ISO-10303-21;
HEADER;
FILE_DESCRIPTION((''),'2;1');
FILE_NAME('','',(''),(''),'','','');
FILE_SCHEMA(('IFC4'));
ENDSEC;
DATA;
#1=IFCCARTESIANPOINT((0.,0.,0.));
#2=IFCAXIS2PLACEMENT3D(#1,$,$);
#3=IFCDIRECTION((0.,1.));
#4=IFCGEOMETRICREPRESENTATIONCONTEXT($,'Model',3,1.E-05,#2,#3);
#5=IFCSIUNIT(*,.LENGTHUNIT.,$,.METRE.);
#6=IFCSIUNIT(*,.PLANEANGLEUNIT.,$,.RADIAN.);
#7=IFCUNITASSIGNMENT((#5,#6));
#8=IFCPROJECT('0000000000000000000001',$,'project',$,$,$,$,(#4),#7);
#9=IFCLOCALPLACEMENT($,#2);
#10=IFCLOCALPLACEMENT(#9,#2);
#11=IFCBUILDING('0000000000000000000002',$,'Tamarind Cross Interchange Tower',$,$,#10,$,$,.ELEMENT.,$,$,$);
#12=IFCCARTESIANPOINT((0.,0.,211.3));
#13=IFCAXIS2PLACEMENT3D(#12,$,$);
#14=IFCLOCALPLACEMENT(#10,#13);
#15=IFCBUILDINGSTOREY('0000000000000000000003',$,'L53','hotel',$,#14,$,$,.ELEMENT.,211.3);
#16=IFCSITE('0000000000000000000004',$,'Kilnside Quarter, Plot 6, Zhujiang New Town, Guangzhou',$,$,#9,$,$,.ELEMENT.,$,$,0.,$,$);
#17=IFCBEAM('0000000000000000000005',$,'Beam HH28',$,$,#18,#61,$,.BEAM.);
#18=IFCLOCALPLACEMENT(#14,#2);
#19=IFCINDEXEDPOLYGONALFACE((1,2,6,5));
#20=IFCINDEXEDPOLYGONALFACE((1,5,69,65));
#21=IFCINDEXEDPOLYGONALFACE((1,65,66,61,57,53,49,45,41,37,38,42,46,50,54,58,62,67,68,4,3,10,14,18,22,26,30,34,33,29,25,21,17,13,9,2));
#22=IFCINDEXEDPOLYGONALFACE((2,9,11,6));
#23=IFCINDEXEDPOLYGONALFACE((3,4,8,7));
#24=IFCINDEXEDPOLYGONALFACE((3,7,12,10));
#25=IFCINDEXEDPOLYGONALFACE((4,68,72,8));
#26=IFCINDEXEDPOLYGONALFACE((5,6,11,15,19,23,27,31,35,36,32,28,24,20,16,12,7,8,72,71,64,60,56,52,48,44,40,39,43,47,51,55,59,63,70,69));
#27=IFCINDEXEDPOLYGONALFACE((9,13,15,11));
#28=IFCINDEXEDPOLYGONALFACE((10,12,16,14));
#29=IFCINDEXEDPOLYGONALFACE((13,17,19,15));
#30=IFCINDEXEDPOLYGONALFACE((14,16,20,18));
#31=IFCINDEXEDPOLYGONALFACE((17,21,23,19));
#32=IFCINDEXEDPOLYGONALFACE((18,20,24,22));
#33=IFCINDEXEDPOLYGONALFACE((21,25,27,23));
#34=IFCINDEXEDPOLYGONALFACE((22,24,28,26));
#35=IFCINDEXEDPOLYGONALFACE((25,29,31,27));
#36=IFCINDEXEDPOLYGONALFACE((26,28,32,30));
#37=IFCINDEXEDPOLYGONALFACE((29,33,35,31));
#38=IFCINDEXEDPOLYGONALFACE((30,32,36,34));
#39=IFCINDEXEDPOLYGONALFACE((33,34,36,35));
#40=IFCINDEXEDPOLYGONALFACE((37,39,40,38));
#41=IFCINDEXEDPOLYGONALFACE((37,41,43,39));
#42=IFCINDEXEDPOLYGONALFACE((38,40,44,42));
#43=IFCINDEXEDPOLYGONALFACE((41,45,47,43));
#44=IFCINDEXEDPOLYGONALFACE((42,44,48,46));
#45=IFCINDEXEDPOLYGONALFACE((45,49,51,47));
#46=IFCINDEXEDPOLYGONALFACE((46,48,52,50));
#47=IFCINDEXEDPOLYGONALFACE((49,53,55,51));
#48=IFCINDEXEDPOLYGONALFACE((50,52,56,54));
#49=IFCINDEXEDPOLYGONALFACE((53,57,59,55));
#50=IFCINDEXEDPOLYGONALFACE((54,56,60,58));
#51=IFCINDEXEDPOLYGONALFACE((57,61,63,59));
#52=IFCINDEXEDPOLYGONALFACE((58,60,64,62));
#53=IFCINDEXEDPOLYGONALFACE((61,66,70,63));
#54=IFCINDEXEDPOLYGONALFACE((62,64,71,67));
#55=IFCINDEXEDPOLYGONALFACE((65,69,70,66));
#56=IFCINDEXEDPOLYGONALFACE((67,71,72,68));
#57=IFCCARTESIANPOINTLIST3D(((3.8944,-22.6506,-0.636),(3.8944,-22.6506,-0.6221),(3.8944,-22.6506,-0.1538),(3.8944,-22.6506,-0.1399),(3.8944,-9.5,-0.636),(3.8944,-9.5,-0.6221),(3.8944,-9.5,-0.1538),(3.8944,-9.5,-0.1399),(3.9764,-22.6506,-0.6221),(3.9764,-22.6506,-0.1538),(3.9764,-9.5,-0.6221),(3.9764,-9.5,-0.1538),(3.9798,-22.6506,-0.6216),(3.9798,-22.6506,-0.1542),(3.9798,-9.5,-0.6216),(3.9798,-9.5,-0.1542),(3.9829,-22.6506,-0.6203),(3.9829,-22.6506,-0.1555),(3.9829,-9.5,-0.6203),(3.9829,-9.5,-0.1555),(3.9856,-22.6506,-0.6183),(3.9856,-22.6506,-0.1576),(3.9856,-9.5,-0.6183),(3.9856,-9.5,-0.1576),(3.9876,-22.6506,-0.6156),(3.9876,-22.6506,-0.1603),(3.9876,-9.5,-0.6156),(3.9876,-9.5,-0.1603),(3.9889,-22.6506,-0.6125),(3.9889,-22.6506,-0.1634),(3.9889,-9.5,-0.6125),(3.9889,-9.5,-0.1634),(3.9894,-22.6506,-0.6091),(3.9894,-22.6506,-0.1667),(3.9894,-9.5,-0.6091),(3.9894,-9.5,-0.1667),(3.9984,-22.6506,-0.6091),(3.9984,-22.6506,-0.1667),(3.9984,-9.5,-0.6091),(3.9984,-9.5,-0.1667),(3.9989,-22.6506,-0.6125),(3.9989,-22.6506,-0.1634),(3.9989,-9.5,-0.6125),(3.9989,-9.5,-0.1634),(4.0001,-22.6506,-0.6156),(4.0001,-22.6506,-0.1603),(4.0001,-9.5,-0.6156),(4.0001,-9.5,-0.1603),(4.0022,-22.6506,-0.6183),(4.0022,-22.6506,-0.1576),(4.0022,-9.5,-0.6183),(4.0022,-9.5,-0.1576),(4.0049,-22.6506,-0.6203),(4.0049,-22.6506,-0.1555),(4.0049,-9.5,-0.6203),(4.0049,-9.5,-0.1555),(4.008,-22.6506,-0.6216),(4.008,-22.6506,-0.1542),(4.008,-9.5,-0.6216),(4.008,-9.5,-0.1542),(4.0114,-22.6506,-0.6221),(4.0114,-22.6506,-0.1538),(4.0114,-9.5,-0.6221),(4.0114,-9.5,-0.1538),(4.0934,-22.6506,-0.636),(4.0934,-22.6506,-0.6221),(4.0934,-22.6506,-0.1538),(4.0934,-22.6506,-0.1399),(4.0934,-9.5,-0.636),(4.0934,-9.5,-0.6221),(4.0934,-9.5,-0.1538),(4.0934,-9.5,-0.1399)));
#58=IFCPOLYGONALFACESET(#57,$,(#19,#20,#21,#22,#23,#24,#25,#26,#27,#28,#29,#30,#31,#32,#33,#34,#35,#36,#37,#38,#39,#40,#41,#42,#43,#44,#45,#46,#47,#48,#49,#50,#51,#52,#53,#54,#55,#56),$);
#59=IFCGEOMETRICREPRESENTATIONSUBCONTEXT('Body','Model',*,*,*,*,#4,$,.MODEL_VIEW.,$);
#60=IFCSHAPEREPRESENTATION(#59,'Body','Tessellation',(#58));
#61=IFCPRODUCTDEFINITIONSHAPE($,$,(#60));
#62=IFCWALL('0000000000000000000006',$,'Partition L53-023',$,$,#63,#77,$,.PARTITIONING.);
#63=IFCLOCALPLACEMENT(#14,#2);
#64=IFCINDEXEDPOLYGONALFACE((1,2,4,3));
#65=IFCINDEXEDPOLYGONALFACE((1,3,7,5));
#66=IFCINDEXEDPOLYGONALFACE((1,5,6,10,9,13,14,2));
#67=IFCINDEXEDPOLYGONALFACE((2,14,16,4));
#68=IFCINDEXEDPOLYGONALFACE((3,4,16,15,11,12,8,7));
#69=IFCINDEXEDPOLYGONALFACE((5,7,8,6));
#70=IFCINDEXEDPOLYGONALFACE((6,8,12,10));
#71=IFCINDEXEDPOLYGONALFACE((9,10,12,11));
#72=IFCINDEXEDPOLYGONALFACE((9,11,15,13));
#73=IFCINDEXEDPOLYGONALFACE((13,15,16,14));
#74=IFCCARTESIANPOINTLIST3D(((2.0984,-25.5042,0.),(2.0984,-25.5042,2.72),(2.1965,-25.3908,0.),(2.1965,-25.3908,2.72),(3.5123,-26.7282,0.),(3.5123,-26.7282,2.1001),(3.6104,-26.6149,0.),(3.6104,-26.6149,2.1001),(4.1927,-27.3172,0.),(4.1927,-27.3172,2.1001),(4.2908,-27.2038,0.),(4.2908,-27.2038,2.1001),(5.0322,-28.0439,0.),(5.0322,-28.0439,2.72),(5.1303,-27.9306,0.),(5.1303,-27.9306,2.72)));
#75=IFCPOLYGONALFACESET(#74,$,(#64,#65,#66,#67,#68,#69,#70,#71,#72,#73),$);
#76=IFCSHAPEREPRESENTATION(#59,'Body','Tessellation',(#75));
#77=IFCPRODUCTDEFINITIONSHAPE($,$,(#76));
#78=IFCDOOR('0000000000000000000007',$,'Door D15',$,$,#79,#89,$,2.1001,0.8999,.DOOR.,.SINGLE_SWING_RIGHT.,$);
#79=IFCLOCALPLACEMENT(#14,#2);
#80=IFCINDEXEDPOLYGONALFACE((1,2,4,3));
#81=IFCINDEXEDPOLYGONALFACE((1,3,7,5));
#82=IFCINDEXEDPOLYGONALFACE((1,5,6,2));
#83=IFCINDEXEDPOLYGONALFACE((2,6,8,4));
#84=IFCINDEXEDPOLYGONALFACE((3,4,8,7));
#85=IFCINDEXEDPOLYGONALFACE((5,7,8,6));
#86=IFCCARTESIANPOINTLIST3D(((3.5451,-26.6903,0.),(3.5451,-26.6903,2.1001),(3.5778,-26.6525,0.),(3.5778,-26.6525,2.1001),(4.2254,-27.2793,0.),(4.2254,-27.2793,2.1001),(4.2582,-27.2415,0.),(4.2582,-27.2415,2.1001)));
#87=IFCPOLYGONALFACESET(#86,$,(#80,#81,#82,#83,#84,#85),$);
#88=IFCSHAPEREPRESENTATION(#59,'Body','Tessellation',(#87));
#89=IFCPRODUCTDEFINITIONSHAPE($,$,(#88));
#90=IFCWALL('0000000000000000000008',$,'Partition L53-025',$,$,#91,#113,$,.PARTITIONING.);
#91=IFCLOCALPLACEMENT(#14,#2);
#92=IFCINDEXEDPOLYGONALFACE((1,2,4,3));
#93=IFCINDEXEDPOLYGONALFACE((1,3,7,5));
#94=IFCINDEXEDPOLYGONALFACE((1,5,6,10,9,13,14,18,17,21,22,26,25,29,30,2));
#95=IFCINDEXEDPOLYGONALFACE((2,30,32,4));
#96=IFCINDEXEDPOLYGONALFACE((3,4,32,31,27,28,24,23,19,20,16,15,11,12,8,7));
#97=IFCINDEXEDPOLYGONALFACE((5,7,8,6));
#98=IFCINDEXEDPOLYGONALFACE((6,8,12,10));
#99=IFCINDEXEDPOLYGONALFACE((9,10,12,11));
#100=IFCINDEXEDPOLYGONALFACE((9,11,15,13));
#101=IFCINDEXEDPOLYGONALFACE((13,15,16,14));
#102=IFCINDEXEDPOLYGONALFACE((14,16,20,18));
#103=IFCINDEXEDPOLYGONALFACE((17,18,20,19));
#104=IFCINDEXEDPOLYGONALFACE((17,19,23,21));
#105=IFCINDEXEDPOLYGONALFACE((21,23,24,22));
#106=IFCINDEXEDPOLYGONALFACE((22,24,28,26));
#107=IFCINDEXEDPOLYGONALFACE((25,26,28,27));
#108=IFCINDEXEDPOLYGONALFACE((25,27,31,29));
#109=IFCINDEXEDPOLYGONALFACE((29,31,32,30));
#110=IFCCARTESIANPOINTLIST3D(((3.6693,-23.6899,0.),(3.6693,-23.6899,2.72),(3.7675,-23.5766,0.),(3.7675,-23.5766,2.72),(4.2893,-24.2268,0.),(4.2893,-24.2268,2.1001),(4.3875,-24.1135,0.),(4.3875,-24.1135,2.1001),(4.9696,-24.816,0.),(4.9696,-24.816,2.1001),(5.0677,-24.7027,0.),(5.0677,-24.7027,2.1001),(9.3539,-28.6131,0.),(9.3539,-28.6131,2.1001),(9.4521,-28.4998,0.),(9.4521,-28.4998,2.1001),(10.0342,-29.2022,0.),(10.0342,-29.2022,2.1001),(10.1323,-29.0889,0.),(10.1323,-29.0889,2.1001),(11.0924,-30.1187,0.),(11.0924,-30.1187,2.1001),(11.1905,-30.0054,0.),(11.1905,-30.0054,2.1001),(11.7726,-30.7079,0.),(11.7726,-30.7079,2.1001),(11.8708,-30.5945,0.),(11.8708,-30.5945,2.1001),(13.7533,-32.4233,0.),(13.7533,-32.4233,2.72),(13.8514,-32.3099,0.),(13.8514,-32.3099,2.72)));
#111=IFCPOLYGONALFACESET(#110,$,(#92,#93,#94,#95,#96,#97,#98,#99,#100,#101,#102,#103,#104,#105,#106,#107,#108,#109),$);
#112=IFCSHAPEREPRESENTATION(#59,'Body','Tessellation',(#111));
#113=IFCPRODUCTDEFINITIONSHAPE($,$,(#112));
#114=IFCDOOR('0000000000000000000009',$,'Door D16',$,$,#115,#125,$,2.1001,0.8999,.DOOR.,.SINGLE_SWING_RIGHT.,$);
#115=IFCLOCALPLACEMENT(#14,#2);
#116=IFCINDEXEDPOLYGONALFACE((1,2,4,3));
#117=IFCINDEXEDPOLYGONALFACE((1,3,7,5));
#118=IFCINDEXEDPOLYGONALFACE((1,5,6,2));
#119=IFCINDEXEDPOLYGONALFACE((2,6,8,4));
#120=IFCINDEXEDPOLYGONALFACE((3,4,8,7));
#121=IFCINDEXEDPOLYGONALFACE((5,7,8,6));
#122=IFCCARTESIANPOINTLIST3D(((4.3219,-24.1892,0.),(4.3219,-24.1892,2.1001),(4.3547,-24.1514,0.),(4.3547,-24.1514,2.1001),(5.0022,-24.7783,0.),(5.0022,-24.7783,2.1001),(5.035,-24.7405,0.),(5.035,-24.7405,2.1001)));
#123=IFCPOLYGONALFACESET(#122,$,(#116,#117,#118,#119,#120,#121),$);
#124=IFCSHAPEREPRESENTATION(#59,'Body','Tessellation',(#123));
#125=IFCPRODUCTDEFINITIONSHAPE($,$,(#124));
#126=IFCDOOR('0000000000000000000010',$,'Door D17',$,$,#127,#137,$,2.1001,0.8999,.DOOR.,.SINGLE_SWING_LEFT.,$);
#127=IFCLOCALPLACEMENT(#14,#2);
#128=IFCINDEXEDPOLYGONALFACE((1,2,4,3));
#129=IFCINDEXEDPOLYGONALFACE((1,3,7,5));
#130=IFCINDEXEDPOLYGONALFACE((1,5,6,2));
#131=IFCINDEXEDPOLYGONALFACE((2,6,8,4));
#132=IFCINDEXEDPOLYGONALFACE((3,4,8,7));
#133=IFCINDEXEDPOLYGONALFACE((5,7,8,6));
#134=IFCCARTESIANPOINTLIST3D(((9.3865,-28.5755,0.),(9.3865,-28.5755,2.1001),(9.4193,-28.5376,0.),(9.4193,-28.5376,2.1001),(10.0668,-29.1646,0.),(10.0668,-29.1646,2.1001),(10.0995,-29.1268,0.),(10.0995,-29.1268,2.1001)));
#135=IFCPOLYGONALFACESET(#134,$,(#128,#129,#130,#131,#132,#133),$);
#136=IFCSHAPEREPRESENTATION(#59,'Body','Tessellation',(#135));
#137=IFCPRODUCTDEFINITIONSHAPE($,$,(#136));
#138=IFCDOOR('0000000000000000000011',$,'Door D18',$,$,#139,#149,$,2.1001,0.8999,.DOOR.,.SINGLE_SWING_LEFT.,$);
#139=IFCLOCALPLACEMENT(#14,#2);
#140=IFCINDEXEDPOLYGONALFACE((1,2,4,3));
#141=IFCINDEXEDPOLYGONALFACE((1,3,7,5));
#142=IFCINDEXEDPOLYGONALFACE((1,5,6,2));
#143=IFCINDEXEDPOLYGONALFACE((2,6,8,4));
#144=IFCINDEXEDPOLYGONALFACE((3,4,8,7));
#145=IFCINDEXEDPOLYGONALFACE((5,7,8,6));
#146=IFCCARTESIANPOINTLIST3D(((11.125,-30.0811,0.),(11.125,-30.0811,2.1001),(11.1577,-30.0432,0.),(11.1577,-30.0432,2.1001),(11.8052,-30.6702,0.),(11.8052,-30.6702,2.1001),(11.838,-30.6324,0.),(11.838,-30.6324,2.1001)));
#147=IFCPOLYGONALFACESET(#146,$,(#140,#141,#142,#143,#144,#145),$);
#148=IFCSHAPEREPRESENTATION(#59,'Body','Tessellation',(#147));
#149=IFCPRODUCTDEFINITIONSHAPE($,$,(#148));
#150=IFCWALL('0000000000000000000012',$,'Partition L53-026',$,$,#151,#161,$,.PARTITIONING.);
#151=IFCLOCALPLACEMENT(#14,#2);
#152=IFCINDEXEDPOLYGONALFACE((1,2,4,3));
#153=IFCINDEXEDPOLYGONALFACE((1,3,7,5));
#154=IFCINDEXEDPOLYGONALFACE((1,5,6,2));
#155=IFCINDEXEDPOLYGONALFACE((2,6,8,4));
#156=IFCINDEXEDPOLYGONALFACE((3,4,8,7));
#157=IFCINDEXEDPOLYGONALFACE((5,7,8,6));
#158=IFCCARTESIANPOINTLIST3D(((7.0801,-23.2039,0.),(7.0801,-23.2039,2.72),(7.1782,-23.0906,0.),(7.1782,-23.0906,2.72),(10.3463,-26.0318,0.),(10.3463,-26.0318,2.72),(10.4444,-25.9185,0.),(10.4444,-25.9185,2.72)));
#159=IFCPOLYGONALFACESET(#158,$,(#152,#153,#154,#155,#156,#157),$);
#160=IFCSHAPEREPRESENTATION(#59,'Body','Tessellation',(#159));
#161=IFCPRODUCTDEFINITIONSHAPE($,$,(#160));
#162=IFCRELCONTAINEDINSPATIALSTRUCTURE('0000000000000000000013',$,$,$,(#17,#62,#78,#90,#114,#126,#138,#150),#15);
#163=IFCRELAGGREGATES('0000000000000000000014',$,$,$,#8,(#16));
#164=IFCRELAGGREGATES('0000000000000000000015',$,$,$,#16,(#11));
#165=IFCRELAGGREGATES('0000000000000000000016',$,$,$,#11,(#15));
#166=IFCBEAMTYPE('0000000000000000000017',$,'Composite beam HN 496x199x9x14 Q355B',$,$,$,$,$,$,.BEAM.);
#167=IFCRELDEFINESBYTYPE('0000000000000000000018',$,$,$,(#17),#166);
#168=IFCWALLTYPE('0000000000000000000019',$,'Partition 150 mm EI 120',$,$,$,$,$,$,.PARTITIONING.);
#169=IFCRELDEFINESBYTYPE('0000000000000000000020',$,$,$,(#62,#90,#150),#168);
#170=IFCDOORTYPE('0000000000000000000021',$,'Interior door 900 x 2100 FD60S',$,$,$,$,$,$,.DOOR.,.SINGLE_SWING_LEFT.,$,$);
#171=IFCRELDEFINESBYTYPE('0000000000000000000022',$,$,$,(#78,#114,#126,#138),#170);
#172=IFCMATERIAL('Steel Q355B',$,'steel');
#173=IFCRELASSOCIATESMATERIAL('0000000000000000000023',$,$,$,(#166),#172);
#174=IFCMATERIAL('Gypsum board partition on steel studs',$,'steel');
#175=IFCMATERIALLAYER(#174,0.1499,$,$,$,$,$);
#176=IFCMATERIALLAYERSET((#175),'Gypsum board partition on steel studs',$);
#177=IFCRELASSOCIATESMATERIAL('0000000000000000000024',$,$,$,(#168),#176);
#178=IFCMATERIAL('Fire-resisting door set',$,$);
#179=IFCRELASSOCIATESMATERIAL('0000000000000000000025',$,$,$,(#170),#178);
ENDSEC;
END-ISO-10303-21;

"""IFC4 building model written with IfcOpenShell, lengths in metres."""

from ifc_helpers import new_model, si_unit, direction, frame, frame_2d, origin, origin_2d, place, context, subcontext, project, spatial, rectangle, i_section, extrude, material, layer, layer_set, material_profile, profile_set, type_object, element, fill, save


model = new_model("IFC4")

# Units and contexts
model_context = context("Model", 3, precision=1e-05, world=origin(), true_north=direction((0.0, 1.0)))
body_context = subcontext(model_context, "Body", "Model", "MODEL_VIEW")
ifc_project = project(units=[si_unit("LENGTHUNIT", "METRE"), si_unit("PLANEANGLEUNIT", "RADIAN")], contexts=[model_context])

# Site, building, storey
site_placement = place(None, origin())
site = spatial("IfcSite", under=ifc_project, at=site_placement, Name="Kilnside Quarter, Plot 6, Zhujiang New Town, Guangzhou", CompositionType="ELEMENT", RefElevation=0.0)
building_placement = place(site_placement, origin())
building = spatial("IfcBuilding", under=site, at=building_placement, Name="Tamarind Cross Interchange Tower", CompositionType="ELEMENT")
storey_placement = place(building_placement, frame((0.0, 0.0, 211.3)))
storey = spatial("IfcBuildingStorey", under=building, at=storey_placement, Name="L53", Description="hotel", CompositionType="ELEMENT", Elevation=211.3)

# Beam
ifc_material_1 = material(Name="Steel Q355B", Category="steel")
ifc_material_profile_1 = material_profile(ifc_material_1, i_section(OverallWidth=0.199, OverallDepth=0.4961, WebThickness=0.009, FlangeThickness=0.0139, FilletRadius=0.0129, at=origin_2d()), Name="HN 496x199x9x14")
ifc_profile_set_1 = profile_set([ifc_material_profile_1], Name="Steel Q355B")
beam_type_1 = type_object("IfcBeamType", Name="Composite beam HN 496x199x9x14 Q355B", PredefinedType="BEAM", material=ifc_profile_set_1)
beam_placement = place(storey_placement, frame((3.9939, -22.6506, -0.3879), z_axis=(0.0, 1.0, 0.0), x_axis=(-1.0, 0.0, 0.0)))
element("IfcBeam", 1, at=beam_placement, inside=storey, type_object=beam_type_1, Name="Beam HH28", PredefinedType="BEAM", context=body_context, shape_type="SweptSolid", body=[
    extrude(i_section(OverallWidth=0.199, OverallDepth=0.4961, WebThickness=0.009, FlangeThickness=0.0139, FilletRadius=0.0129, at=origin_2d()), origin(), (0.0, 0.0, 1.0), 13.1506),
])

# Wall, opening, door
ifc_material_2 = material(Name="Gypsum board partition on steel studs", Category="steel")
ifc_layer_1 = layer(ifc_material_2, 0.1499)
ifc_layer_set_1 = layer_set([ifc_layer_1], Name="Gypsum board partition on steel studs")
wall_type_1 = type_object("IfcWallType", Name="Partition 150 mm EI 120", PredefinedType="PARTITIONING", material=ifc_layer_set_1)
wall_1_placement = place(storey_placement, frame((2.1475, -25.4475, 0.0), z_axis=(0.0, 0.0, 1.0), x_axis=(0.756054, -0.654509, 0.0)))
wall_1 = element("IfcWall", 2, at=wall_1_placement, inside=storey, type_object=wall_type_1, Name="Partition L53-023", PredefinedType="PARTITIONING", context=body_context, shape_type="SweptSolid", body=[
    extrude(rectangle(XDim=3.8804, YDim=0.1499, at=frame_2d((1.9402, 0.0))), origin(), (0.0, 0.0, 1.0), 2.72),
])
opening_1_placement = place(wall_1_placement, frame((1.8701, 0.0, 0.0)))
opening_1 = element("IfcOpeningElement", 3, at=opening_1_placement, cuts=wall_1, PredefinedType="OPENING", context=body_context, shape_type="SweptSolid", body=[
    extrude(rectangle(XDim=0.8999, YDim=2.1001, at=frame_2d((0.45, 1.05))), frame((0.0, 0.085, 0.0), z_axis=(0.0, -1.0, 0.0), x_axis=(1.0, 0.0, 0.0)), (0.0, 0.0, 1.0), 0.1699),
])
ifc_material_3 = material(Name="Fire-resisting door set")
door_type_1 = type_object("IfcDoorType", Name="Interior door 900 x 2100 FD60S", OperationType="SINGLE_SWING_LEFT", PredefinedType="DOOR", material=ifc_material_3)
door_1_placement = place(opening_1_placement, frame((0.8999, 0.0, 0.0), z_axis=(0.0, 0.0, 1.0), x_axis=(-1.0, 0.0, 0.0)))
door_1 = element("IfcDoor", 4, at=door_1_placement, inside=storey, type_object=door_type_1, Name="Door D15", OperationType="SINGLE_SWING_RIGHT", OverallHeight=2.1001, OverallWidth=0.8999, PredefinedType="DOOR", context=body_context, shape_type="SweptSolid", body=[
    extrude(rectangle(XDim=0.8999, YDim=2.1001, at=frame_2d((0.45, 1.05))), frame((0.0, 0.0249, 0.0), z_axis=(0.0, -1.0, 0.0), x_axis=(1.0, 0.0, 0.0)), (0.0, 0.0, 1.0), 0.05),
])
fill(opening_1, door_1)

# Wall, openings, doors
wall_2_placement = place(storey_placement, frame((3.7185, -23.6333, 0.0), z_axis=(0.0, 0.0, 1.0), x_axis=(0.755914, -0.654671, 0.0)))
wall_2 = element("IfcWall", 5, at=wall_2_placement, inside=storey, type_object=wall_type_1, Name="Partition L53-025", PredefinedType="PARTITIONING", context=body_context, shape_type="SweptSolid", body=[
    extrude(rectangle(XDim=13.3401, YDim=0.1499, at=frame_2d((6.6699, 0.0))), origin(), (0.0, 0.0, 1.0), 2.72),
])
opening_2_placement = place(wall_2_placement, frame((0.8201, 0.0, 0.0)))
opening_2 = element("IfcOpeningElement", 6, at=opening_2_placement, cuts=wall_2, PredefinedType="OPENING", context=body_context, shape_type="SweptSolid", body=[
    extrude(rectangle(XDim=0.8999, YDim=2.1001, at=frame_2d((0.45, 1.05))), frame((0.0, 0.085, 0.0), z_axis=(0.0, -1.0, 0.0), x_axis=(1.0, 0.0, 0.0)), (0.0, 0.0, 1.0), 0.1699),
])
opening_3_placement = place(wall_2_placement, frame((7.52, 0.0, 0.0)))
opening_3 = element("IfcOpeningElement", 7, at=opening_3_placement, cuts=wall_2, PredefinedType="OPENING", context=body_context, shape_type="SweptSolid", body=[
    extrude(rectangle(XDim=0.8999, YDim=2.1001, at=frame_2d((0.45, 1.05))), frame((0.0, 0.085, 0.0), z_axis=(0.0, -1.0, 0.0), x_axis=(1.0, 0.0, 0.0)), (0.0, 0.0, 1.0), 0.1699),
])
opening_4_placement = place(wall_2_placement, frame((9.8198, 0.0, 0.0)))
opening_4 = element("IfcOpeningElement", 8, at=opening_4_placement, cuts=wall_2, PredefinedType="OPENING", context=body_context, shape_type="SweptSolid", body=[
    extrude(rectangle(XDim=0.8999, YDim=2.1001, at=frame_2d((0.45, 1.05))), frame((0.0, 0.085, 0.0), z_axis=(0.0, -1.0, 0.0), x_axis=(1.0, 0.0, 0.0)), (0.0, 0.0, 1.0), 0.1699),
])
door_2_placement = place(opening_2_placement, origin())
door_2 = element("IfcDoor", 9, at=door_2_placement, inside=storey, type_object=door_type_1, Name="Door D16", OperationType="SINGLE_SWING_RIGHT", OverallHeight=2.1001, OverallWidth=0.8999, PredefinedType="DOOR", context=body_context, shape_type="SweptSolid", body=[
    extrude(rectangle(XDim=0.8999, YDim=2.1001, at=frame_2d((0.45, 1.05))), frame((0.0, 0.0249, 0.0), z_axis=(0.0, -1.0, 0.0), x_axis=(1.0, 0.0, 0.0)), (0.0, 0.0, 1.0), 0.05),
])
fill(opening_2, door_2)
door_3_placement = place(opening_3_placement, origin())
door_3 = element("IfcDoor", 10, at=door_3_placement, inside=storey, type_object=door_type_1, Name="Door D17", OperationType="SINGLE_SWING_LEFT", OverallHeight=2.1001, OverallWidth=0.8999, PredefinedType="DOOR", context=body_context, shape_type="SweptSolid", body=[
    extrude(rectangle(XDim=0.8999, YDim=2.1001, at=frame_2d((0.45, 1.05))), frame((0.0, 0.0249, 0.0), z_axis=(0.0, -1.0, 0.0), x_axis=(1.0, 0.0, 0.0)), (0.0, 0.0, 1.0), 0.05),
])
fill(opening_3, door_3)
door_4_placement = place(opening_4_placement, origin())
door_4 = element("IfcDoor", 11, at=door_4_placement, inside=storey, type_object=door_type_1, Name="Door D18", OperationType="SINGLE_SWING_LEFT", OverallHeight=2.1001, OverallWidth=0.8999, PredefinedType="DOOR", context=body_context, shape_type="SweptSolid", body=[
    extrude(rectangle(XDim=0.8999, YDim=2.1001, at=frame_2d((0.45, 1.05))), frame((0.0, 0.0249, 0.0), z_axis=(0.0, -1.0, 0.0), x_axis=(1.0, 0.0, 0.0)), (0.0, 0.0, 1.0), 0.05),
])
fill(opening_4, door_4)

# Wall
wall_3_placement = place(storey_placement, frame((7.1292, -23.1472, 0.0), z_axis=(0.0, 0.0, 1.0), x_axis=(0.756004, -0.654567, 0.0)))
element("IfcWall", 12, at=wall_3_placement, inside=storey, type_object=wall_type_1, Name="Partition L53-026", PredefinedType="PARTITIONING", context=body_context, shape_type="SweptSolid", body=[
    extrude(rectangle(XDim=4.3203, YDim=0.1499, at=frame_2d((2.1602, 0.0))), origin(), (0.0, 0.0, 1.0), 2.72),
])

save(model, "model.ifc")
